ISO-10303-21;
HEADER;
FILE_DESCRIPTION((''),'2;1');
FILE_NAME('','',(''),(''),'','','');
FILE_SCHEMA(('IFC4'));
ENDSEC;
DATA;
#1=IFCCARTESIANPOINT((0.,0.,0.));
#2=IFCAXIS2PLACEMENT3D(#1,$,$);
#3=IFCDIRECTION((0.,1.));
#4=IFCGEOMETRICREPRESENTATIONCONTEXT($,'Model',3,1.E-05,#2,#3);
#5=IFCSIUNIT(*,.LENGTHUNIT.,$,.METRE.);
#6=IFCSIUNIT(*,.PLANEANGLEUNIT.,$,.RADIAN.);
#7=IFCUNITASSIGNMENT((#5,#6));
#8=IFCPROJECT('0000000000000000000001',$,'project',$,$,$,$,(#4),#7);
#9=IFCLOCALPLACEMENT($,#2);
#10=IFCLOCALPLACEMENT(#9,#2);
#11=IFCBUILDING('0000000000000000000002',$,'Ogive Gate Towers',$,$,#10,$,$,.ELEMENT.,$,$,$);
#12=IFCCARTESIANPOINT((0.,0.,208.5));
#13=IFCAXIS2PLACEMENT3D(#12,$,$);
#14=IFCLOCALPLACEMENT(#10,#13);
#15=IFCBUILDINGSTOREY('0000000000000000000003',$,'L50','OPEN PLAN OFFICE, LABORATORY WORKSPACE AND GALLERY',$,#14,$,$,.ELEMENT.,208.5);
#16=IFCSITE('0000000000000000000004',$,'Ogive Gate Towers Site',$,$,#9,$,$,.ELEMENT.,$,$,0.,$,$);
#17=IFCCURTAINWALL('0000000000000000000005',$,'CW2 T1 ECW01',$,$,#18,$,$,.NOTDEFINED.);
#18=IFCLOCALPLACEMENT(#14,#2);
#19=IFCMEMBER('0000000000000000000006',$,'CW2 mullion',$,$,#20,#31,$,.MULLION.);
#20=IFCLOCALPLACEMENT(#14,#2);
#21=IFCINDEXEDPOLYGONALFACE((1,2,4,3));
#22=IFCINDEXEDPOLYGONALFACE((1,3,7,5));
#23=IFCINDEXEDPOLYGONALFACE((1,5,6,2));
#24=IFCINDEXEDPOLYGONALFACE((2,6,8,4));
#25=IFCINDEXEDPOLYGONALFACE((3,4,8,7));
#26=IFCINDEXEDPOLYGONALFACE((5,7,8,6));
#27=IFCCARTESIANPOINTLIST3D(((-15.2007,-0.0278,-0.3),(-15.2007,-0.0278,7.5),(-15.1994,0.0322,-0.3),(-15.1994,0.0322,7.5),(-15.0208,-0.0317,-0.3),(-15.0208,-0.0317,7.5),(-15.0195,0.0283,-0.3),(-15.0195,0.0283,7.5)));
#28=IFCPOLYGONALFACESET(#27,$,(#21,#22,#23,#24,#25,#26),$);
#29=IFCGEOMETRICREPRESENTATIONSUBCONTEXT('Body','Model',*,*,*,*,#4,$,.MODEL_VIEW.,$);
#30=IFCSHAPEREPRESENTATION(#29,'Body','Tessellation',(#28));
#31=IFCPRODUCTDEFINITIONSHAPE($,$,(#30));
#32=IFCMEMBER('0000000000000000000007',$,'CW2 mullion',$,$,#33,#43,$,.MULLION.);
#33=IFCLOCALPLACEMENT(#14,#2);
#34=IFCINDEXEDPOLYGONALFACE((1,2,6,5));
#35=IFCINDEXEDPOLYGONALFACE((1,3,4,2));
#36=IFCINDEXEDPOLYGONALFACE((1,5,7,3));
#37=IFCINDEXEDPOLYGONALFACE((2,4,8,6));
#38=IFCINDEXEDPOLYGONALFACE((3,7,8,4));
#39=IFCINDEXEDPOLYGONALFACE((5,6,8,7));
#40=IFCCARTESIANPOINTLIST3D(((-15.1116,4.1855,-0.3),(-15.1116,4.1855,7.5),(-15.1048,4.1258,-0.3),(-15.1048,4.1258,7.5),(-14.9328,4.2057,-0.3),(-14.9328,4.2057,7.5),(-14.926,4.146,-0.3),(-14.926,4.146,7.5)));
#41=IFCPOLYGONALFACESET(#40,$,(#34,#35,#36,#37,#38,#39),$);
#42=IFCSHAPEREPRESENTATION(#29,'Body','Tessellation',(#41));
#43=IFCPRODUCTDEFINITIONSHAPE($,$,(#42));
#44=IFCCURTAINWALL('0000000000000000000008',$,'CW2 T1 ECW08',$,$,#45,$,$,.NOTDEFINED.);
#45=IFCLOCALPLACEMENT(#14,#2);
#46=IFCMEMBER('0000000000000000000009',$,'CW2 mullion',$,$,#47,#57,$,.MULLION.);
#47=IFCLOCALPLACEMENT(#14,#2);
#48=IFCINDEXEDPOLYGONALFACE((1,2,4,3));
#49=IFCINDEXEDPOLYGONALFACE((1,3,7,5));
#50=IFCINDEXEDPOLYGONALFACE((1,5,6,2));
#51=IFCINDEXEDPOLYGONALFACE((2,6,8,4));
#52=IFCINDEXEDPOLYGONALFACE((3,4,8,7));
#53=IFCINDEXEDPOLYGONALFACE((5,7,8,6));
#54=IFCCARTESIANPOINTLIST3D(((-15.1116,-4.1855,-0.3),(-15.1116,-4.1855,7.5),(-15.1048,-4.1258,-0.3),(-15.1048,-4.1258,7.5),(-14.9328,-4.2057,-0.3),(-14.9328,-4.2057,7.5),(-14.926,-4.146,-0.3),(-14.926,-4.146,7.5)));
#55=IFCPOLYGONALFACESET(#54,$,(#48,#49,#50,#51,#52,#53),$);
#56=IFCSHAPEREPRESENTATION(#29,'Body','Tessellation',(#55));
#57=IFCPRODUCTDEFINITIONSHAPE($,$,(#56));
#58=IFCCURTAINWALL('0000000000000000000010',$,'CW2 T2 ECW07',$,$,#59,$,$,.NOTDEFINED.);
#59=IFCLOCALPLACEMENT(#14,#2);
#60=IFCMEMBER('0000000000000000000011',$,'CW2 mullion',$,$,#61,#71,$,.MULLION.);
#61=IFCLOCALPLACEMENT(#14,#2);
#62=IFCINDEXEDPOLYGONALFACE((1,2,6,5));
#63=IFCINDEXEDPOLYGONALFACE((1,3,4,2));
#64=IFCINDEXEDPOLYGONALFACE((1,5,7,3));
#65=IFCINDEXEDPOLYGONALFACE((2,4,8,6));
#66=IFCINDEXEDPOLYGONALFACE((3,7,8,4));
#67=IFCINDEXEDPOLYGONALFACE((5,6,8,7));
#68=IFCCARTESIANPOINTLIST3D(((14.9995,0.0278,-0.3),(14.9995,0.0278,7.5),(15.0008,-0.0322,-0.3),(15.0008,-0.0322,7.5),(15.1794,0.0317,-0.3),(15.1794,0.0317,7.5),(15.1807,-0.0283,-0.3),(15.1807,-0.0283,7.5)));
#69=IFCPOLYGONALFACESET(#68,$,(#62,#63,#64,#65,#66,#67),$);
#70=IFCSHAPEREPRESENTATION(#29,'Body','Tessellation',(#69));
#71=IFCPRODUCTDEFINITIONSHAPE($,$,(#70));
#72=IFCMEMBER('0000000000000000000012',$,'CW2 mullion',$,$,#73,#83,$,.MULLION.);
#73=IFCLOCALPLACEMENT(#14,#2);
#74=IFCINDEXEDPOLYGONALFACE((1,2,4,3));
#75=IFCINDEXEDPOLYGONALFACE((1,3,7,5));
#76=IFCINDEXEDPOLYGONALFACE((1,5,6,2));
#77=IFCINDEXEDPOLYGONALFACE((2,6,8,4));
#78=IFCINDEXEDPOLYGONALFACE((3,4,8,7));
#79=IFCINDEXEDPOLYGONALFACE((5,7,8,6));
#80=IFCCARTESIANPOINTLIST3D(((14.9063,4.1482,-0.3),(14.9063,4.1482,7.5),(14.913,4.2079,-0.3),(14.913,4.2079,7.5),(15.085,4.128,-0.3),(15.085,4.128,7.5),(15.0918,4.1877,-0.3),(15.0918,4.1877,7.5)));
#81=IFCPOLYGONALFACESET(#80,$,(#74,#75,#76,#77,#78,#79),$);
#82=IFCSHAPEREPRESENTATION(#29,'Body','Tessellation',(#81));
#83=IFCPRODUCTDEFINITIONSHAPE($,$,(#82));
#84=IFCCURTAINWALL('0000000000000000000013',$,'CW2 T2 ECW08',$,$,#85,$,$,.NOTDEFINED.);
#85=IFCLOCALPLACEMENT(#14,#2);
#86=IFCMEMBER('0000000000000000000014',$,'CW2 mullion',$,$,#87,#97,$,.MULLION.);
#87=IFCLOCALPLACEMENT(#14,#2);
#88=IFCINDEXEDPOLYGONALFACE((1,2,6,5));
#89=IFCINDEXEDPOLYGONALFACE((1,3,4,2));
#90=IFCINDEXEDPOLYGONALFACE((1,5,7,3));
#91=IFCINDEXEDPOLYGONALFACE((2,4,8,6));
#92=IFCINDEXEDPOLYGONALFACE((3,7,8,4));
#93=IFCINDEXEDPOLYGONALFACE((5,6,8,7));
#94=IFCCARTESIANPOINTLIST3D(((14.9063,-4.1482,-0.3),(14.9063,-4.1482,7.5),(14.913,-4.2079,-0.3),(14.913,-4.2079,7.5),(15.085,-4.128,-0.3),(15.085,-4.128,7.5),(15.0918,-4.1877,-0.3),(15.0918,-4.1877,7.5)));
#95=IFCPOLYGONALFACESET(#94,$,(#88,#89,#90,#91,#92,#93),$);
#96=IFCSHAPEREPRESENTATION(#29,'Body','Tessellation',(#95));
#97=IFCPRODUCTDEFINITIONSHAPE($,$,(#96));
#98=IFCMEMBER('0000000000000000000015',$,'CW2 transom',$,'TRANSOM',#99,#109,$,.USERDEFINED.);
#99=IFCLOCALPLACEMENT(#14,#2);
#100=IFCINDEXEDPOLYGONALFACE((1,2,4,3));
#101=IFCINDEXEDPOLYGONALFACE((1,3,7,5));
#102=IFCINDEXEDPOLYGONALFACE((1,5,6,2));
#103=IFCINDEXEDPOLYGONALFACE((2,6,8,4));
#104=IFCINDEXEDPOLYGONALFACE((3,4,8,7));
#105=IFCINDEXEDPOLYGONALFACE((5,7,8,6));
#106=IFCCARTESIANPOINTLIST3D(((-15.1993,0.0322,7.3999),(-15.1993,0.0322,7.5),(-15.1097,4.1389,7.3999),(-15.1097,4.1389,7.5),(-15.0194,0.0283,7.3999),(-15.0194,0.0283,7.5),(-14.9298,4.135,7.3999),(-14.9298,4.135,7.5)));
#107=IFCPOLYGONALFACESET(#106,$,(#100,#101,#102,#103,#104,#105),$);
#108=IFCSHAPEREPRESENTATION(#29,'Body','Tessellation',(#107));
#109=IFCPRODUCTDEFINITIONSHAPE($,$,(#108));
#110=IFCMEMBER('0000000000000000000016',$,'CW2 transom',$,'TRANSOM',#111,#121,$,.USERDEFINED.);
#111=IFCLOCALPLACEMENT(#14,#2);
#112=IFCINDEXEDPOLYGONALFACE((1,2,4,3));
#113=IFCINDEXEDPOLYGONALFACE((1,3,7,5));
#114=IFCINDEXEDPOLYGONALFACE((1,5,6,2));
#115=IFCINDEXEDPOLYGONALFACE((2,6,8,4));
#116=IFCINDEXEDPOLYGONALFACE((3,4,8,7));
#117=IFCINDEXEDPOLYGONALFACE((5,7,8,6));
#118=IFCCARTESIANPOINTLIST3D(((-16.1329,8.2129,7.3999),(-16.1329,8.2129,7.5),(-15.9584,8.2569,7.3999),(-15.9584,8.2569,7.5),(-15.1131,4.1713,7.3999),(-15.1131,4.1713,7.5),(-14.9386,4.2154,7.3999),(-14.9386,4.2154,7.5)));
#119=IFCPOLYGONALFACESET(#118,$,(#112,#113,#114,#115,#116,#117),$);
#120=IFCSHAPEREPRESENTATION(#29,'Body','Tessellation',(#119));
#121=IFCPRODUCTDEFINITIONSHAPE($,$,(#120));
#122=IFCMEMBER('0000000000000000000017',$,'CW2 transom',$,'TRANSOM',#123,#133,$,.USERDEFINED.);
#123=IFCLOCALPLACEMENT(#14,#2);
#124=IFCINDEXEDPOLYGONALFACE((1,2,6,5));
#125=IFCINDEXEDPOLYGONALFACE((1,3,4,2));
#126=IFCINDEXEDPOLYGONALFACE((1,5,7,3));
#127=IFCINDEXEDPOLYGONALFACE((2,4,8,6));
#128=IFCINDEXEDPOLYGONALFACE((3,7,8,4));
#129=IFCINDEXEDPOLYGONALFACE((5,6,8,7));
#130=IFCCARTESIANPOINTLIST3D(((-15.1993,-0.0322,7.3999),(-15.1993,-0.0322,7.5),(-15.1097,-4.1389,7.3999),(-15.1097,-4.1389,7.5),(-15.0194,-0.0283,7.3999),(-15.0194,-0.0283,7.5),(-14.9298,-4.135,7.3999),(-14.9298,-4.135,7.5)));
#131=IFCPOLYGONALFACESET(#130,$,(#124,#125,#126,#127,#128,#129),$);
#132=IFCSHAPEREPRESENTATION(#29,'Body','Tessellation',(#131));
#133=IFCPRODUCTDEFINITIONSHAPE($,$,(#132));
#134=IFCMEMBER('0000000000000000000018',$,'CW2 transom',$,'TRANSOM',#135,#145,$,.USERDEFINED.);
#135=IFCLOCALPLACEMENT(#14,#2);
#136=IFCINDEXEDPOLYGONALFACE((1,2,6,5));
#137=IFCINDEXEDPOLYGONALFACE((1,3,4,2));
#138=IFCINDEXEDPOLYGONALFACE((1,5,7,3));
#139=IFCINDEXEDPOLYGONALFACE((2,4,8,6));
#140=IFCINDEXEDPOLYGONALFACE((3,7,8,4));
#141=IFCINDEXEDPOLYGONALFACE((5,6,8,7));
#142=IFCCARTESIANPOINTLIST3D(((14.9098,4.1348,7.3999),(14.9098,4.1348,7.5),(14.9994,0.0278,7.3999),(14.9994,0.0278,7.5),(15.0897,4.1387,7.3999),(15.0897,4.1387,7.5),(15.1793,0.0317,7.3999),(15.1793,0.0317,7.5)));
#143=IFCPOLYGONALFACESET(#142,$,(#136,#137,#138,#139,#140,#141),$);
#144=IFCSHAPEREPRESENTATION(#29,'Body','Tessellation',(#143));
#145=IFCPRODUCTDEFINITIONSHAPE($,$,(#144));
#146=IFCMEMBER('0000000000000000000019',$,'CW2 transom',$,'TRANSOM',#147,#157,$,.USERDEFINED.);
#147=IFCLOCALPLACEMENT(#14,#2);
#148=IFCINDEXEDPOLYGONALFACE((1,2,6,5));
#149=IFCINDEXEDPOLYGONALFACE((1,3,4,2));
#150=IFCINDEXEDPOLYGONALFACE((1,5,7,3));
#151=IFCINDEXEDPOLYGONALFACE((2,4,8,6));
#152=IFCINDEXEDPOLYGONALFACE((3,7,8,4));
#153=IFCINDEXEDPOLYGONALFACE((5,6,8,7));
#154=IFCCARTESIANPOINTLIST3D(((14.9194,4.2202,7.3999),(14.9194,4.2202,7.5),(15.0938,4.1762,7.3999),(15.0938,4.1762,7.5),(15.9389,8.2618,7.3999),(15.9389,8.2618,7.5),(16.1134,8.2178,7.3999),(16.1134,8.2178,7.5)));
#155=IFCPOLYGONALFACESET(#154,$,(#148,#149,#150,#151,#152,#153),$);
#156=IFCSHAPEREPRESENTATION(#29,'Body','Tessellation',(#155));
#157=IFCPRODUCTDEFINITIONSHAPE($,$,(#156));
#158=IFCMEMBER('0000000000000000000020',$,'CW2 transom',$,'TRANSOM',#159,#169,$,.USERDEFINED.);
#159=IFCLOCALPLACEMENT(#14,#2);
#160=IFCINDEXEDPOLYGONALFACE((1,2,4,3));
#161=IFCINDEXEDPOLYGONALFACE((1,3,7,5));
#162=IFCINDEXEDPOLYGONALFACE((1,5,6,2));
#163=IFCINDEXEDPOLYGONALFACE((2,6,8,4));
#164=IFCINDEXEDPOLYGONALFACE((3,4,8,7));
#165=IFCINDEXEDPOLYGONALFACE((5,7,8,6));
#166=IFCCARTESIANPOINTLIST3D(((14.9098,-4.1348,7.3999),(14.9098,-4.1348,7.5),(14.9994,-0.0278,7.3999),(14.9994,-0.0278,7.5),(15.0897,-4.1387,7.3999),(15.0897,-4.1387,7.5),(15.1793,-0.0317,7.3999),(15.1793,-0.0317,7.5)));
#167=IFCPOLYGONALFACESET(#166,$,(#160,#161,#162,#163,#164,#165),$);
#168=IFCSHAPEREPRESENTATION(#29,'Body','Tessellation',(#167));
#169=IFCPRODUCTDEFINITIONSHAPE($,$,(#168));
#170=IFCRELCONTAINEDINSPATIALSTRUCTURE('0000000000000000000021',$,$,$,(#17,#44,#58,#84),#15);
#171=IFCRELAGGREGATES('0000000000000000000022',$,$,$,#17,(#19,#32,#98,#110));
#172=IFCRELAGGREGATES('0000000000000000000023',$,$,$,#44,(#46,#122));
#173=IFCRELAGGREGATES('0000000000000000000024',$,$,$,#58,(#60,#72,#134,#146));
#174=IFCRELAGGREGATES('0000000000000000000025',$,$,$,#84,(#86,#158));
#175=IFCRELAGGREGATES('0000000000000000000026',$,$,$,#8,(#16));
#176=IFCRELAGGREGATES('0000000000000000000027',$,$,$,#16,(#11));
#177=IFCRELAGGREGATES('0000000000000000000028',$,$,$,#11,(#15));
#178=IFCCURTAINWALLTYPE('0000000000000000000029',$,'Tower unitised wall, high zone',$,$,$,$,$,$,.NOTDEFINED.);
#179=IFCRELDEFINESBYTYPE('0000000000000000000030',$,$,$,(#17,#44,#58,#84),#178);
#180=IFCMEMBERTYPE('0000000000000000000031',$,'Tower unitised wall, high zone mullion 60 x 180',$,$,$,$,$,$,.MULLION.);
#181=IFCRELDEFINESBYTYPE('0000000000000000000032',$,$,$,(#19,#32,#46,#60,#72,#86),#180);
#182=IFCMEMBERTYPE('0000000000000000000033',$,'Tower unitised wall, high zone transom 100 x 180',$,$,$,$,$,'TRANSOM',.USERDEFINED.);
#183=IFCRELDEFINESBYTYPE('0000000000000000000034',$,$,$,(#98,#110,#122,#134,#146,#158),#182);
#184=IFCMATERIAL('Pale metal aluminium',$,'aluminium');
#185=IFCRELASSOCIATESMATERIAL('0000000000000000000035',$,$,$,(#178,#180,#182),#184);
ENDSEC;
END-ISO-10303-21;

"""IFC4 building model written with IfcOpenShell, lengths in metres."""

from ifc_helpers import new_model, si_unit, direction, frame, origin, origin_2d, place, context, subcontext, project, spatial, rectangle, extrude, material, material_profile, profile_set, type_object, element, aggregate, save


model = new_model("IFC4")

# Units and contexts
model_context = context("Model", 3, precision=1e-05, world=origin(), true_north=direction((0.0, 1.0)))
body_context = subcontext(model_context, "Body", "Model", "MODEL_VIEW")
ifc_project = project(units=[si_unit("LENGTHUNIT", "METRE"), si_unit("PLANEANGLEUNIT", "RADIAN")], contexts=[model_context])

# Site, building, storey
site_placement = place(None, origin())
site = spatial("IfcSite", under=ifc_project, at=site_placement, Name="Ogive Gate Towers Site", CompositionType="ELEMENT", RefElevation=0.0)
building_placement = place(site_placement, origin())
building = spatial("IfcBuilding", under=site, at=building_placement, Name="Ogive Gate Towers", CompositionType="ELEMENT")
storey_placement = place(building_placement, frame((0.0, 0.0, 208.5)))
storey = spatial("IfcBuildingStorey", under=building, at=storey_placement, Name="L50", Description="OPEN PLAN OFFICE, LABORATORY WORKSPACE AND GALLERY", CompositionType="ELEMENT", Elevation=208.5)

# Curtain wall, members
ifc_material_1 = material(Name="Pale metal aluminium", Category="aluminium")
curtain_wall_type = type_object("IfcCurtainWallType", Name="Tower unitised wall, high zone", PredefinedType="NOTDEFINED", material=ifc_material_1)
curtain_wall_1_placement = place(storey_placement, origin())
curtain_wall_1 = element("IfcCurtainWall", 1, at=curtain_wall_1_placement, inside=storey, type_object=curtain_wall_type, Name="CW2 T1 ECW01", PredefinedType="NOTDEFINED")
ifc_material_profile_1 = material_profile(ifc_material_1, rectangle(XDim=0.1799, YDim=0.0601, at=origin_2d()), Name="60 x 180 aluminium box")
ifc_profile_set_1 = profile_set([ifc_material_profile_1], Name="Pale metal aluminium")
member_type_1 = type_object("IfcMemberType", Name="Tower unitised wall, high zone mullion 60 x 180", PredefinedType="MULLION", material=ifc_profile_set_1)
member_1_placement = place(storey_placement, frame((-15.1101, 0.0002, -0.3), z_axis=(0.0, 0.0, 1.0), x_axis=(0.999762, -0.021832, 0.0)))
member_1 = element("IfcMember", 2, at=member_1_placement, type_object=member_type_1, Name="CW2 mullion", PredefinedType="MULLION", context=body_context, shape_type="SweptSolid", body=[
    extrude(rectangle(XDim=0.1799, YDim=0.0601, at=origin_2d()), origin(), (0.0, 0.0, 1.0), 7.8),
])
member_2_placement = place(storey_placement, frame((-15.0188, 4.1658, -0.3), z_axis=(0.0, 0.0, 1.0), x_axis=(0.993662, 0.112405, 0.0)))
member_2 = element("IfcMember", 3, at=member_2_placement, type_object=member_type_1, Name="CW2 mullion", PredefinedType="MULLION", context=body_context, shape_type="SweptSolid", body=[
    extrude(rectangle(XDim=0.1799, YDim=0.0601, at=origin_2d()), origin(), (0.0, 0.0, 1.0), 7.8),
])

# Curtain wall, member
curtain_wall_2_placement = place(storey_placement, origin())
curtain_wall_2 = element("IfcCurtainWall", 4, at=curtain_wall_2_placement, inside=storey, type_object=curtain_wall_type, Name="CW2 T1 ECW08", PredefinedType="NOTDEFINED")
member_3_placement = place(storey_placement, frame((-15.0188, -4.1658, -0.3), z_axis=(0.0, 0.0, 1.0), x_axis=(0.993662, -0.112405, 0.0)))
member_3 = element("IfcMember", 5, at=member_3_placement, type_object=member_type_1, Name="CW2 mullion", PredefinedType="MULLION", context=body_context, shape_type="SweptSolid", body=[
    extrude(rectangle(XDim=0.1799, YDim=0.0601, at=origin_2d()), origin(), (0.0, 0.0, 1.0), 7.8),
])

# Curtain wall, members
curtain_wall_3_placement = place(storey_placement, origin())
curtain_wall_3 = element("IfcCurtainWall", 6, at=curtain_wall_3_placement, inside=storey, type_object=curtain_wall_type, Name="CW2 T2 ECW07", PredefinedType="NOTDEFINED")
member_4_placement = place(storey_placement, frame((15.0901, -0.0002, -0.3), z_axis=(0.0, 0.0, 1.0), x_axis=(0.999762, 0.021832, 0.0)))
member_4 = element("IfcMember", 7, at=member_4_placement, type_object=member_type_1, Name="CW2 mullion", PredefinedType="MULLION", context=body_context, shape_type="SweptSolid", body=[
    extrude(rectangle(XDim=0.1799, YDim=0.0601, at=origin_2d()), origin(), (0.0, 0.0, 1.0), 7.8),
])
member_5_placement = place(storey_placement, frame((14.999, 4.168, -0.3), z_axis=(0.0, 0.0, 1.0), x_axis=(0.993662, -0.112405, 0.0)))
member_5 = element("IfcMember", 8, at=member_5_placement, type_object=member_type_1, Name="CW2 mullion", PredefinedType="MULLION", context=body_context, shape_type="SweptSolid", body=[
    extrude(rectangle(XDim=0.1799, YDim=0.0601, at=origin_2d()), origin(), (0.0, 0.0, 1.0), 7.8),
])

# Curtain wall, member
curtain_wall_4_placement = place(storey_placement, origin())
curtain_wall_4 = element("IfcCurtainWall", 9, at=curtain_wall_4_placement, inside=storey, type_object=curtain_wall_type, Name="CW2 T2 ECW08", PredefinedType="NOTDEFINED")
member_6_placement = place(storey_placement, frame((14.999, -4.168, -0.3), z_axis=(0.0, 0.0, 1.0), x_axis=(0.993662, 0.112405, 0.0)))
member_6 = element("IfcMember", 10, at=member_6_placement, type_object=member_type_1, Name="CW2 mullion", PredefinedType="MULLION", context=body_context, shape_type="SweptSolid", body=[
    extrude(rectangle(XDim=0.1799, YDim=0.0601, at=origin_2d()), origin(), (0.0, 0.0, 1.0), 7.8),
])

# Members
ifc_material_profile_2 = material_profile(ifc_material_1, rectangle(XDim=0.1799, YDim=0.1001, at=origin_2d()), Name="100 x 180 aluminium box")
ifc_profile_set_2 = profile_set([ifc_material_profile_2], Name="Pale metal aluminium")
member_type_2 = type_object("IfcMemberType", Name="Tower unitised wall, high zone transom 100 x 180", ElementType="TRANSOM", PredefinedType="USERDEFINED", material=ifc_profile_set_2)
member_7_placement = place(storey_placement, frame((-15.1094, 0.0303, 7.45), z_axis=(0.021813, 0.999762, 0.0), x_axis=(-0.999762, 0.021813, 0.0)))
member_7 = element("IfcMember", 11, at=member_7_placement, type_object=member_type_2, Name="CW2 transom", ObjectType="TRANSOM", PredefinedType="USERDEFINED", context=body_context, shape_type="SweptSolid", body=[
    extrude(rectangle(XDim=0.1799, YDim=0.1001, at=origin_2d()), origin(), (0.0, 0.0, 1.0), 4.1077),
])
member_8_placement = place(storey_placement, frame((-15.0259, 4.1934, 7.45), z_axis=(-0.244657, 0.96961, 0.0), x_axis=(-0.96961, -0.244657, 0.0)))
member_8 = element("IfcMember", 12, at=member_8_placement, type_object=member_type_2, Name="CW2 transom", ObjectType="TRANSOM", PredefinedType="USERDEFINED", context=body_context, shape_type="SweptSolid", body=[
    extrude(rectangle(XDim=0.1799, YDim=0.1001, at=origin_2d()), origin(), (0.0, 0.0, 1.0), 4.1682),
])
member_9_placement = place(storey_placement, frame((-15.0198, -4.137, 7.45), z_axis=(-0.021813, 0.999762, 0.0), x_axis=(-0.999762, -0.021813, 0.0)))
member_9 = element("IfcMember", 13, at=member_9_placement, type_object=member_type_2, Name="CW2 transom", ObjectType="TRANSOM", PredefinedType="USERDEFINED", context=body_context, shape_type="SweptSolid", body=[
    extrude(rectangle(XDim=0.1799, YDim=0.1001, at=origin_2d()), origin(), (0.0, 0.0, 1.0), 4.1077),
])
member_10_placement = place(storey_placement, frame((15.0894, 0.0298, 7.45), z_axis=(-0.021811, 0.999762, 0.0), x_axis=(-0.999762, -0.021811, 0.0)))
member_10 = element("IfcMember", 14, at=member_10_placement, type_object=member_type_2, Name="CW2 transom", ObjectType="TRANSOM", PredefinedType="USERDEFINED", context=body_context, shape_type="SweptSolid", body=[
    extrude(rectangle(XDim=0.1799, YDim=0.1001, at=origin_2d()), origin(), (0.0, 0.0, 1.0), 4.1079),
])
member_11_placement = place(storey_placement, frame((15.0066, 4.1982, 7.45), z_axis=(0.244602, 0.969623, 0.0), x_axis=(-0.969623, 0.244602, 0.0)))
member_11 = element("IfcMember", 15, at=member_11_placement, type_object=member_type_2, Name="CW2 transom", ObjectType="TRANSOM", PredefinedType="USERDEFINED", context=body_context, shape_type="SweptSolid", body=[
    extrude(rectangle(XDim=0.1799, YDim=0.1001, at=origin_2d()), origin(), (0.0, 0.0, 1.0), 4.1682),
])
member_12_placement = place(storey_placement, frame((14.9998, -4.1367, 7.45), z_axis=(0.021811, 0.999762, 0.0), x_axis=(-0.999762, 0.021811, 0.0)))
member_12 = element("IfcMember", 16, at=member_12_placement, type_object=member_type_2, Name="CW2 transom", ObjectType="TRANSOM", PredefinedType="USERDEFINED", context=body_context, shape_type="SweptSolid", body=[
    extrude(rectangle(XDim=0.1799, YDim=0.1001, at=origin_2d()), origin(), (0.0, 0.0, 1.0), 4.1079),
])

aggregate(curtain_wall_1, [member_1, member_2, member_7, member_8])
aggregate(curtain_wall_2, [member_3, member_9])
aggregate(curtain_wall_3, [member_4, member_5, member_10, member_11])
aggregate(curtain_wall_4, [member_6, member_12])

save(model, "model.ifc")
